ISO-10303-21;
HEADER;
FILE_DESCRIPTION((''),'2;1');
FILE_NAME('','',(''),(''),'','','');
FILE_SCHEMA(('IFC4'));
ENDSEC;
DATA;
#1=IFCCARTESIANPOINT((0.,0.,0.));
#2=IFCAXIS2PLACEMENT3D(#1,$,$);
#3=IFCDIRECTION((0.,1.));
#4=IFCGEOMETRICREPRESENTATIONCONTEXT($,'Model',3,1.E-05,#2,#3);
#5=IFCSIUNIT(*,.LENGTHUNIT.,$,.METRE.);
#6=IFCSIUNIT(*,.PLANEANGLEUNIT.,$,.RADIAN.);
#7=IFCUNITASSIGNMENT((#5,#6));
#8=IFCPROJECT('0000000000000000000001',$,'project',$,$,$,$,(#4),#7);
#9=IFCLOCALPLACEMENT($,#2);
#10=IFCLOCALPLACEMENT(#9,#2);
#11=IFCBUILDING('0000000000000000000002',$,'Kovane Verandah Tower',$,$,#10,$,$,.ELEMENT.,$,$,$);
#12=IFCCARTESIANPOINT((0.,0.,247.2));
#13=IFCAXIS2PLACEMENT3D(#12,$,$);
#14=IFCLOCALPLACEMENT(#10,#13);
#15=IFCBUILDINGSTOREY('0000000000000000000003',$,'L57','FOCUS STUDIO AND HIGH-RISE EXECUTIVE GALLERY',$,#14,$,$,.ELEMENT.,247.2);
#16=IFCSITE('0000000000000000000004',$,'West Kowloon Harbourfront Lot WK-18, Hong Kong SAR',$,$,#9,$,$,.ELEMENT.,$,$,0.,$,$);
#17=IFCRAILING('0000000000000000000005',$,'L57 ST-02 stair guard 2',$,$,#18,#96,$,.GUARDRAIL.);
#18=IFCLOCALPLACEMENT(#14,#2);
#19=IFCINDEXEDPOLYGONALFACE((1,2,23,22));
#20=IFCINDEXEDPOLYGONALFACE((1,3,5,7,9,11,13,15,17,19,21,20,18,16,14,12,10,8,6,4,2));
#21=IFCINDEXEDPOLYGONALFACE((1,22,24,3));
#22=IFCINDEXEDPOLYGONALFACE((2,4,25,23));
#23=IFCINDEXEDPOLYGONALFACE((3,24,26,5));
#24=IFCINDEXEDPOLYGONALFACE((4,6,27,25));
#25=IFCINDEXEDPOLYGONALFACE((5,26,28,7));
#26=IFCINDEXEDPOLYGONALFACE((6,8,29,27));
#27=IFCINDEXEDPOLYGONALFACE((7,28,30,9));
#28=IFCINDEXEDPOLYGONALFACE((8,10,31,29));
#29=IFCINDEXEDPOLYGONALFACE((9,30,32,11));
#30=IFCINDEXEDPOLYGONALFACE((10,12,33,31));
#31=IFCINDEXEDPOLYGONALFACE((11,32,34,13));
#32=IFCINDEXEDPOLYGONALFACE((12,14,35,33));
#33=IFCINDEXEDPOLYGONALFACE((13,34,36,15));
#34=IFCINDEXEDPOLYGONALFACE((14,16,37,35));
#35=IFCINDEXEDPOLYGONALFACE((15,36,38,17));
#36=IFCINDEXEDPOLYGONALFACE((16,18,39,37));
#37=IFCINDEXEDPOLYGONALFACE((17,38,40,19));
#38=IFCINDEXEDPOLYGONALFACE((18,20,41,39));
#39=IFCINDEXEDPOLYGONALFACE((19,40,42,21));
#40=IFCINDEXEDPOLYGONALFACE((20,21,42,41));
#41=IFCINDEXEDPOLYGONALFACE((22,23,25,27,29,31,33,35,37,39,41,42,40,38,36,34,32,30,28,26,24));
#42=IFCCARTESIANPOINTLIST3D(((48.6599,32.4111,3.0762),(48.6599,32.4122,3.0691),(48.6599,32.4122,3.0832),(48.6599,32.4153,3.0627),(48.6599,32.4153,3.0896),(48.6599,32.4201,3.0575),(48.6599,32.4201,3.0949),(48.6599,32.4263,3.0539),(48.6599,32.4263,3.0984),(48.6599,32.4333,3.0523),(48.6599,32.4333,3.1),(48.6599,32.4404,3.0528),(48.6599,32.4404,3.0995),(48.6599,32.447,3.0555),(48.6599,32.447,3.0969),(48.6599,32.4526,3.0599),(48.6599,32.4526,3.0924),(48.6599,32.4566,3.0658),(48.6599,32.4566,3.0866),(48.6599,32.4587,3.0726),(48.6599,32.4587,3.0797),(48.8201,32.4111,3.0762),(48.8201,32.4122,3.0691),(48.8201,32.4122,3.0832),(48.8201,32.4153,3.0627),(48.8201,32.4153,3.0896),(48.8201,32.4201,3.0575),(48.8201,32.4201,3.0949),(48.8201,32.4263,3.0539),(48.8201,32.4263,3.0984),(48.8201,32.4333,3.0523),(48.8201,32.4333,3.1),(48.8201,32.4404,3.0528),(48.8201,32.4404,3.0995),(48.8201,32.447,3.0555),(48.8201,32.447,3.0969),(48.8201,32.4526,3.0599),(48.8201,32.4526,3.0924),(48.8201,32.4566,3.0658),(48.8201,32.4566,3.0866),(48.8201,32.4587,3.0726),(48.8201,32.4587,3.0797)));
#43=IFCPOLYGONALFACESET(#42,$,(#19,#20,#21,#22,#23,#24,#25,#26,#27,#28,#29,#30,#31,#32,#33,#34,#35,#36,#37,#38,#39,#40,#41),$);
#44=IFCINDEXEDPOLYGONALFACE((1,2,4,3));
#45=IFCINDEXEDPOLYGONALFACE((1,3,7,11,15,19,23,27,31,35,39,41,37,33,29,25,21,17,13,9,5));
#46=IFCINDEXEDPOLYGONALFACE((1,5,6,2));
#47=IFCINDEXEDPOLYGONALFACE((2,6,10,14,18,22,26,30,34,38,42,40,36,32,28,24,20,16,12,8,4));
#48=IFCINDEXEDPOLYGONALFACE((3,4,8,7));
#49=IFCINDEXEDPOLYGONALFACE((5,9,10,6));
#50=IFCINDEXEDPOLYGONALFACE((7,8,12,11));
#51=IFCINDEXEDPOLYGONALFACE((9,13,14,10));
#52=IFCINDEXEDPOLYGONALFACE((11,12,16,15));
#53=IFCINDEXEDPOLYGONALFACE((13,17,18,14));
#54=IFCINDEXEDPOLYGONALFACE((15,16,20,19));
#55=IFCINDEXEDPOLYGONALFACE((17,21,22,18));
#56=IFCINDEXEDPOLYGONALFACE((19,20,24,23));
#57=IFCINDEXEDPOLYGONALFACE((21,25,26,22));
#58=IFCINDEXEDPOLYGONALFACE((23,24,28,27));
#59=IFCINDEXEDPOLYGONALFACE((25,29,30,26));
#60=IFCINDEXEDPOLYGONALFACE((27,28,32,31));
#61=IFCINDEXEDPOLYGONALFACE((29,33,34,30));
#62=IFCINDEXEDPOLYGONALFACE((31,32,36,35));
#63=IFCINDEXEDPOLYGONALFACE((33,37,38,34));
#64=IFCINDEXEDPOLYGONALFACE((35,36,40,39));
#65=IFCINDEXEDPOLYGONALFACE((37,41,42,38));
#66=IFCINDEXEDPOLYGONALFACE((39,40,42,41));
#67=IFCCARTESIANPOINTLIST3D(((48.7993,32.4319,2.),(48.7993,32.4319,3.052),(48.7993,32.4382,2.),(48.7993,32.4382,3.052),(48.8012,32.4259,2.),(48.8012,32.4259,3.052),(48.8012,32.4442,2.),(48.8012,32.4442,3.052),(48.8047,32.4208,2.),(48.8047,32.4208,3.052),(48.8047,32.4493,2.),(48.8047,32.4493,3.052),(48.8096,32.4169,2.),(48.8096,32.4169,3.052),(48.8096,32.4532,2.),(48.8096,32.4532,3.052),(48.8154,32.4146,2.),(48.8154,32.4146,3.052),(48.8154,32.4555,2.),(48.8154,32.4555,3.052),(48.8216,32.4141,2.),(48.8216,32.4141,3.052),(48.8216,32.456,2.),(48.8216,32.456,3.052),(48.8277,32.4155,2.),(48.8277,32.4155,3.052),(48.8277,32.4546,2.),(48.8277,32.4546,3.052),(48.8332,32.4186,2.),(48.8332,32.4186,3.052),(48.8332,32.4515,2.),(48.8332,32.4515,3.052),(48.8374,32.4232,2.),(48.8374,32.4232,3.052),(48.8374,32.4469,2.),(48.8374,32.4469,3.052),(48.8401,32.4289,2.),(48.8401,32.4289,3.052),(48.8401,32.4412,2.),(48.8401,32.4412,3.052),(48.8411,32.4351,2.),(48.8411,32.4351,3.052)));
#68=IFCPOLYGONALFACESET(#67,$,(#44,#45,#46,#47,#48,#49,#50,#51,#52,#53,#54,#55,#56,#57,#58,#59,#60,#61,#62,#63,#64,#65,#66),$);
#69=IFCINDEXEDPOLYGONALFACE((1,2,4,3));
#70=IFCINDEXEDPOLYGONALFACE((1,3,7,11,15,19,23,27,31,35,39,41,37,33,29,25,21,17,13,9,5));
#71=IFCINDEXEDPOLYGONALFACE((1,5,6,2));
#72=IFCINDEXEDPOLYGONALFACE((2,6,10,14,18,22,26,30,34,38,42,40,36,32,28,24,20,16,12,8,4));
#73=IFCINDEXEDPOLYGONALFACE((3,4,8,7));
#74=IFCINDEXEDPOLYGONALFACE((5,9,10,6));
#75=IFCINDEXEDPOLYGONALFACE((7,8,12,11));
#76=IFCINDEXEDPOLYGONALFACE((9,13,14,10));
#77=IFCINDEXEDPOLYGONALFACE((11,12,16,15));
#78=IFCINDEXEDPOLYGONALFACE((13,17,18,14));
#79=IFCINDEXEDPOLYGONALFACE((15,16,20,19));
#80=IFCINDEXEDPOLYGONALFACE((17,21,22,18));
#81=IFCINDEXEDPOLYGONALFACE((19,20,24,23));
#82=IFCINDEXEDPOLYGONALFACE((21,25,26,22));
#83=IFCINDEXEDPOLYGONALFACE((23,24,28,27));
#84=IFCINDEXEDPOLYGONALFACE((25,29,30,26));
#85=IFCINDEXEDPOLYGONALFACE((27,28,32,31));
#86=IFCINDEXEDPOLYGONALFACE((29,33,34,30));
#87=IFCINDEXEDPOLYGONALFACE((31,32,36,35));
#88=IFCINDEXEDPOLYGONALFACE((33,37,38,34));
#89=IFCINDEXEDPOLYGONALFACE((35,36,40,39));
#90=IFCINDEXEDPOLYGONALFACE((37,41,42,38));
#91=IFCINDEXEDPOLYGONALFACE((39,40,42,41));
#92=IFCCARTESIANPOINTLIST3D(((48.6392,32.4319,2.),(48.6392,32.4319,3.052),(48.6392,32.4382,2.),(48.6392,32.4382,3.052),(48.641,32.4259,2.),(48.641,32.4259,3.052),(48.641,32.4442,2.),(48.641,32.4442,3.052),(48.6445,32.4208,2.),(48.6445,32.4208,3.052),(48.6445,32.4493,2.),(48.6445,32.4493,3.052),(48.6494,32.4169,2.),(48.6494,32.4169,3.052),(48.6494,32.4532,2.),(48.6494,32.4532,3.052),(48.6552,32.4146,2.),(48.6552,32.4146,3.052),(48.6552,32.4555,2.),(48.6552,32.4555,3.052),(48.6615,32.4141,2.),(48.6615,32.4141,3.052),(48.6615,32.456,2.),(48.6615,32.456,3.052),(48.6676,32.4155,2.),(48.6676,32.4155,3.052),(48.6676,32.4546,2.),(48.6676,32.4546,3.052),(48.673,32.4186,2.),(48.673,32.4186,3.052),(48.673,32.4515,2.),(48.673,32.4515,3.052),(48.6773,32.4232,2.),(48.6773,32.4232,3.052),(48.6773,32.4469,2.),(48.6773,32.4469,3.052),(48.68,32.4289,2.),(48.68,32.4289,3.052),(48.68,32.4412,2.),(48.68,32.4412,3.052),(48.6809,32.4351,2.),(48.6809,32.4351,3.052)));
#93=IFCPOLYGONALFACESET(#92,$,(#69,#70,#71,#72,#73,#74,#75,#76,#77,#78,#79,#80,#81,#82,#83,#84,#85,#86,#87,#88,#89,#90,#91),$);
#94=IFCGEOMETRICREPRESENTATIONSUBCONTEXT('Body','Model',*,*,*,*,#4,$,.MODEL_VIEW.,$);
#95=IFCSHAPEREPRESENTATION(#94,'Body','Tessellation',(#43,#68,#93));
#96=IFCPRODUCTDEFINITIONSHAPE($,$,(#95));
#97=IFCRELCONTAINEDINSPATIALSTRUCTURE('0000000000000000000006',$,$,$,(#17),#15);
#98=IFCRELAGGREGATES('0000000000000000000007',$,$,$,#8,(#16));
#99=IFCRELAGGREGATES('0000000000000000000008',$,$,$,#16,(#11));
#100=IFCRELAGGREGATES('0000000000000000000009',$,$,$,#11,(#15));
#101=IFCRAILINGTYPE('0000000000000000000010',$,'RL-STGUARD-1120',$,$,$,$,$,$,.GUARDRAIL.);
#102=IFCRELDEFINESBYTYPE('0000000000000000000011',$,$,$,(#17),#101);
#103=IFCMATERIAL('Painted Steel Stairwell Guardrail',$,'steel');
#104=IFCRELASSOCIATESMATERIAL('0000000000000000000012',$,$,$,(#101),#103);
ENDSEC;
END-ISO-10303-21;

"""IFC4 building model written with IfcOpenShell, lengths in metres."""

from ifc_helpers import new_model, si_unit, direction, frame, origin, origin_2d, place, context, subcontext, project, spatial, circle, extrude, material, type_object, element, save


model = new_model("IFC4")

# Units and contexts
model_context = context("Model", 3, precision=1e-05, world=origin(), true_north=direction((0.0, 1.0)))
body_context = subcontext(model_context, "Body", "Model", "MODEL_VIEW")
ifc_project = project(units=[si_unit("LENGTHUNIT", "METRE"), si_unit("PLANEANGLEUNIT", "RADIAN")], contexts=[model_context])

# Site, building, storey
site_placement = place(None, origin())
site = spatial("IfcSite", under=ifc_project, at=site_placement, Name="West Kowloon Harbourfront Lot WK-18, Hong Kong SAR", CompositionType="ELEMENT", RefElevation=0.0)
building_placement = place(site_placement, origin())
building = spatial("IfcBuilding", under=site, at=building_placement, Name="Kovane Verandah Tower", CompositionType="ELEMENT")
storey_placement = place(building_placement, frame((0.0, 0.0, 247.2)))
storey = spatial("IfcBuildingStorey", under=building, at=storey_placement, Name="L57", Description="FOCUS STUDIO AND HIGH-RISE EXECUTIVE GALLERY", CompositionType="ELEMENT", Elevation=247.2)

# Railing
ifc_material_1 = material(Name="Painted Steel Stairwell Guardrail", Category="steel")
railing_type_1 = type_object("IfcRailingType", Name="RL-STGUARD-1120", PredefinedType="GUARDRAIL", material=ifc_material_1)
railing_1_placement = place(storey_placement, frame((48.8201, 32.4351, 2.0)))
element("IfcRailing", 1, at=railing_1_placement, inside=storey, type_object=railing_type_1, Name="L57 ST-02 stair guard 2", PredefinedType="GUARDRAIL", context=body_context, shape_type="SweptSolid", body=[
    extrude(circle(Radius=0.0239, at=origin_2d()), frame((0.0, 0.0, 1.0762), z_axis=(-1.0, 0.0, 0.0), x_axis=(0.0, -1.0, 0.0)), (0.0, 0.0, 1.0), 0.1602),
    extrude(circle(Radius=0.021, at=origin_2d()), origin(), (0.0, 0.0, 1.0), 1.052),
    extrude(circle(Radius=0.021, at=origin_2d()), frame((-0.1602, 0.0, 0.0)), (0.0, 0.0, 1.0), 1.052),
])

save(model, "model.ifc")
